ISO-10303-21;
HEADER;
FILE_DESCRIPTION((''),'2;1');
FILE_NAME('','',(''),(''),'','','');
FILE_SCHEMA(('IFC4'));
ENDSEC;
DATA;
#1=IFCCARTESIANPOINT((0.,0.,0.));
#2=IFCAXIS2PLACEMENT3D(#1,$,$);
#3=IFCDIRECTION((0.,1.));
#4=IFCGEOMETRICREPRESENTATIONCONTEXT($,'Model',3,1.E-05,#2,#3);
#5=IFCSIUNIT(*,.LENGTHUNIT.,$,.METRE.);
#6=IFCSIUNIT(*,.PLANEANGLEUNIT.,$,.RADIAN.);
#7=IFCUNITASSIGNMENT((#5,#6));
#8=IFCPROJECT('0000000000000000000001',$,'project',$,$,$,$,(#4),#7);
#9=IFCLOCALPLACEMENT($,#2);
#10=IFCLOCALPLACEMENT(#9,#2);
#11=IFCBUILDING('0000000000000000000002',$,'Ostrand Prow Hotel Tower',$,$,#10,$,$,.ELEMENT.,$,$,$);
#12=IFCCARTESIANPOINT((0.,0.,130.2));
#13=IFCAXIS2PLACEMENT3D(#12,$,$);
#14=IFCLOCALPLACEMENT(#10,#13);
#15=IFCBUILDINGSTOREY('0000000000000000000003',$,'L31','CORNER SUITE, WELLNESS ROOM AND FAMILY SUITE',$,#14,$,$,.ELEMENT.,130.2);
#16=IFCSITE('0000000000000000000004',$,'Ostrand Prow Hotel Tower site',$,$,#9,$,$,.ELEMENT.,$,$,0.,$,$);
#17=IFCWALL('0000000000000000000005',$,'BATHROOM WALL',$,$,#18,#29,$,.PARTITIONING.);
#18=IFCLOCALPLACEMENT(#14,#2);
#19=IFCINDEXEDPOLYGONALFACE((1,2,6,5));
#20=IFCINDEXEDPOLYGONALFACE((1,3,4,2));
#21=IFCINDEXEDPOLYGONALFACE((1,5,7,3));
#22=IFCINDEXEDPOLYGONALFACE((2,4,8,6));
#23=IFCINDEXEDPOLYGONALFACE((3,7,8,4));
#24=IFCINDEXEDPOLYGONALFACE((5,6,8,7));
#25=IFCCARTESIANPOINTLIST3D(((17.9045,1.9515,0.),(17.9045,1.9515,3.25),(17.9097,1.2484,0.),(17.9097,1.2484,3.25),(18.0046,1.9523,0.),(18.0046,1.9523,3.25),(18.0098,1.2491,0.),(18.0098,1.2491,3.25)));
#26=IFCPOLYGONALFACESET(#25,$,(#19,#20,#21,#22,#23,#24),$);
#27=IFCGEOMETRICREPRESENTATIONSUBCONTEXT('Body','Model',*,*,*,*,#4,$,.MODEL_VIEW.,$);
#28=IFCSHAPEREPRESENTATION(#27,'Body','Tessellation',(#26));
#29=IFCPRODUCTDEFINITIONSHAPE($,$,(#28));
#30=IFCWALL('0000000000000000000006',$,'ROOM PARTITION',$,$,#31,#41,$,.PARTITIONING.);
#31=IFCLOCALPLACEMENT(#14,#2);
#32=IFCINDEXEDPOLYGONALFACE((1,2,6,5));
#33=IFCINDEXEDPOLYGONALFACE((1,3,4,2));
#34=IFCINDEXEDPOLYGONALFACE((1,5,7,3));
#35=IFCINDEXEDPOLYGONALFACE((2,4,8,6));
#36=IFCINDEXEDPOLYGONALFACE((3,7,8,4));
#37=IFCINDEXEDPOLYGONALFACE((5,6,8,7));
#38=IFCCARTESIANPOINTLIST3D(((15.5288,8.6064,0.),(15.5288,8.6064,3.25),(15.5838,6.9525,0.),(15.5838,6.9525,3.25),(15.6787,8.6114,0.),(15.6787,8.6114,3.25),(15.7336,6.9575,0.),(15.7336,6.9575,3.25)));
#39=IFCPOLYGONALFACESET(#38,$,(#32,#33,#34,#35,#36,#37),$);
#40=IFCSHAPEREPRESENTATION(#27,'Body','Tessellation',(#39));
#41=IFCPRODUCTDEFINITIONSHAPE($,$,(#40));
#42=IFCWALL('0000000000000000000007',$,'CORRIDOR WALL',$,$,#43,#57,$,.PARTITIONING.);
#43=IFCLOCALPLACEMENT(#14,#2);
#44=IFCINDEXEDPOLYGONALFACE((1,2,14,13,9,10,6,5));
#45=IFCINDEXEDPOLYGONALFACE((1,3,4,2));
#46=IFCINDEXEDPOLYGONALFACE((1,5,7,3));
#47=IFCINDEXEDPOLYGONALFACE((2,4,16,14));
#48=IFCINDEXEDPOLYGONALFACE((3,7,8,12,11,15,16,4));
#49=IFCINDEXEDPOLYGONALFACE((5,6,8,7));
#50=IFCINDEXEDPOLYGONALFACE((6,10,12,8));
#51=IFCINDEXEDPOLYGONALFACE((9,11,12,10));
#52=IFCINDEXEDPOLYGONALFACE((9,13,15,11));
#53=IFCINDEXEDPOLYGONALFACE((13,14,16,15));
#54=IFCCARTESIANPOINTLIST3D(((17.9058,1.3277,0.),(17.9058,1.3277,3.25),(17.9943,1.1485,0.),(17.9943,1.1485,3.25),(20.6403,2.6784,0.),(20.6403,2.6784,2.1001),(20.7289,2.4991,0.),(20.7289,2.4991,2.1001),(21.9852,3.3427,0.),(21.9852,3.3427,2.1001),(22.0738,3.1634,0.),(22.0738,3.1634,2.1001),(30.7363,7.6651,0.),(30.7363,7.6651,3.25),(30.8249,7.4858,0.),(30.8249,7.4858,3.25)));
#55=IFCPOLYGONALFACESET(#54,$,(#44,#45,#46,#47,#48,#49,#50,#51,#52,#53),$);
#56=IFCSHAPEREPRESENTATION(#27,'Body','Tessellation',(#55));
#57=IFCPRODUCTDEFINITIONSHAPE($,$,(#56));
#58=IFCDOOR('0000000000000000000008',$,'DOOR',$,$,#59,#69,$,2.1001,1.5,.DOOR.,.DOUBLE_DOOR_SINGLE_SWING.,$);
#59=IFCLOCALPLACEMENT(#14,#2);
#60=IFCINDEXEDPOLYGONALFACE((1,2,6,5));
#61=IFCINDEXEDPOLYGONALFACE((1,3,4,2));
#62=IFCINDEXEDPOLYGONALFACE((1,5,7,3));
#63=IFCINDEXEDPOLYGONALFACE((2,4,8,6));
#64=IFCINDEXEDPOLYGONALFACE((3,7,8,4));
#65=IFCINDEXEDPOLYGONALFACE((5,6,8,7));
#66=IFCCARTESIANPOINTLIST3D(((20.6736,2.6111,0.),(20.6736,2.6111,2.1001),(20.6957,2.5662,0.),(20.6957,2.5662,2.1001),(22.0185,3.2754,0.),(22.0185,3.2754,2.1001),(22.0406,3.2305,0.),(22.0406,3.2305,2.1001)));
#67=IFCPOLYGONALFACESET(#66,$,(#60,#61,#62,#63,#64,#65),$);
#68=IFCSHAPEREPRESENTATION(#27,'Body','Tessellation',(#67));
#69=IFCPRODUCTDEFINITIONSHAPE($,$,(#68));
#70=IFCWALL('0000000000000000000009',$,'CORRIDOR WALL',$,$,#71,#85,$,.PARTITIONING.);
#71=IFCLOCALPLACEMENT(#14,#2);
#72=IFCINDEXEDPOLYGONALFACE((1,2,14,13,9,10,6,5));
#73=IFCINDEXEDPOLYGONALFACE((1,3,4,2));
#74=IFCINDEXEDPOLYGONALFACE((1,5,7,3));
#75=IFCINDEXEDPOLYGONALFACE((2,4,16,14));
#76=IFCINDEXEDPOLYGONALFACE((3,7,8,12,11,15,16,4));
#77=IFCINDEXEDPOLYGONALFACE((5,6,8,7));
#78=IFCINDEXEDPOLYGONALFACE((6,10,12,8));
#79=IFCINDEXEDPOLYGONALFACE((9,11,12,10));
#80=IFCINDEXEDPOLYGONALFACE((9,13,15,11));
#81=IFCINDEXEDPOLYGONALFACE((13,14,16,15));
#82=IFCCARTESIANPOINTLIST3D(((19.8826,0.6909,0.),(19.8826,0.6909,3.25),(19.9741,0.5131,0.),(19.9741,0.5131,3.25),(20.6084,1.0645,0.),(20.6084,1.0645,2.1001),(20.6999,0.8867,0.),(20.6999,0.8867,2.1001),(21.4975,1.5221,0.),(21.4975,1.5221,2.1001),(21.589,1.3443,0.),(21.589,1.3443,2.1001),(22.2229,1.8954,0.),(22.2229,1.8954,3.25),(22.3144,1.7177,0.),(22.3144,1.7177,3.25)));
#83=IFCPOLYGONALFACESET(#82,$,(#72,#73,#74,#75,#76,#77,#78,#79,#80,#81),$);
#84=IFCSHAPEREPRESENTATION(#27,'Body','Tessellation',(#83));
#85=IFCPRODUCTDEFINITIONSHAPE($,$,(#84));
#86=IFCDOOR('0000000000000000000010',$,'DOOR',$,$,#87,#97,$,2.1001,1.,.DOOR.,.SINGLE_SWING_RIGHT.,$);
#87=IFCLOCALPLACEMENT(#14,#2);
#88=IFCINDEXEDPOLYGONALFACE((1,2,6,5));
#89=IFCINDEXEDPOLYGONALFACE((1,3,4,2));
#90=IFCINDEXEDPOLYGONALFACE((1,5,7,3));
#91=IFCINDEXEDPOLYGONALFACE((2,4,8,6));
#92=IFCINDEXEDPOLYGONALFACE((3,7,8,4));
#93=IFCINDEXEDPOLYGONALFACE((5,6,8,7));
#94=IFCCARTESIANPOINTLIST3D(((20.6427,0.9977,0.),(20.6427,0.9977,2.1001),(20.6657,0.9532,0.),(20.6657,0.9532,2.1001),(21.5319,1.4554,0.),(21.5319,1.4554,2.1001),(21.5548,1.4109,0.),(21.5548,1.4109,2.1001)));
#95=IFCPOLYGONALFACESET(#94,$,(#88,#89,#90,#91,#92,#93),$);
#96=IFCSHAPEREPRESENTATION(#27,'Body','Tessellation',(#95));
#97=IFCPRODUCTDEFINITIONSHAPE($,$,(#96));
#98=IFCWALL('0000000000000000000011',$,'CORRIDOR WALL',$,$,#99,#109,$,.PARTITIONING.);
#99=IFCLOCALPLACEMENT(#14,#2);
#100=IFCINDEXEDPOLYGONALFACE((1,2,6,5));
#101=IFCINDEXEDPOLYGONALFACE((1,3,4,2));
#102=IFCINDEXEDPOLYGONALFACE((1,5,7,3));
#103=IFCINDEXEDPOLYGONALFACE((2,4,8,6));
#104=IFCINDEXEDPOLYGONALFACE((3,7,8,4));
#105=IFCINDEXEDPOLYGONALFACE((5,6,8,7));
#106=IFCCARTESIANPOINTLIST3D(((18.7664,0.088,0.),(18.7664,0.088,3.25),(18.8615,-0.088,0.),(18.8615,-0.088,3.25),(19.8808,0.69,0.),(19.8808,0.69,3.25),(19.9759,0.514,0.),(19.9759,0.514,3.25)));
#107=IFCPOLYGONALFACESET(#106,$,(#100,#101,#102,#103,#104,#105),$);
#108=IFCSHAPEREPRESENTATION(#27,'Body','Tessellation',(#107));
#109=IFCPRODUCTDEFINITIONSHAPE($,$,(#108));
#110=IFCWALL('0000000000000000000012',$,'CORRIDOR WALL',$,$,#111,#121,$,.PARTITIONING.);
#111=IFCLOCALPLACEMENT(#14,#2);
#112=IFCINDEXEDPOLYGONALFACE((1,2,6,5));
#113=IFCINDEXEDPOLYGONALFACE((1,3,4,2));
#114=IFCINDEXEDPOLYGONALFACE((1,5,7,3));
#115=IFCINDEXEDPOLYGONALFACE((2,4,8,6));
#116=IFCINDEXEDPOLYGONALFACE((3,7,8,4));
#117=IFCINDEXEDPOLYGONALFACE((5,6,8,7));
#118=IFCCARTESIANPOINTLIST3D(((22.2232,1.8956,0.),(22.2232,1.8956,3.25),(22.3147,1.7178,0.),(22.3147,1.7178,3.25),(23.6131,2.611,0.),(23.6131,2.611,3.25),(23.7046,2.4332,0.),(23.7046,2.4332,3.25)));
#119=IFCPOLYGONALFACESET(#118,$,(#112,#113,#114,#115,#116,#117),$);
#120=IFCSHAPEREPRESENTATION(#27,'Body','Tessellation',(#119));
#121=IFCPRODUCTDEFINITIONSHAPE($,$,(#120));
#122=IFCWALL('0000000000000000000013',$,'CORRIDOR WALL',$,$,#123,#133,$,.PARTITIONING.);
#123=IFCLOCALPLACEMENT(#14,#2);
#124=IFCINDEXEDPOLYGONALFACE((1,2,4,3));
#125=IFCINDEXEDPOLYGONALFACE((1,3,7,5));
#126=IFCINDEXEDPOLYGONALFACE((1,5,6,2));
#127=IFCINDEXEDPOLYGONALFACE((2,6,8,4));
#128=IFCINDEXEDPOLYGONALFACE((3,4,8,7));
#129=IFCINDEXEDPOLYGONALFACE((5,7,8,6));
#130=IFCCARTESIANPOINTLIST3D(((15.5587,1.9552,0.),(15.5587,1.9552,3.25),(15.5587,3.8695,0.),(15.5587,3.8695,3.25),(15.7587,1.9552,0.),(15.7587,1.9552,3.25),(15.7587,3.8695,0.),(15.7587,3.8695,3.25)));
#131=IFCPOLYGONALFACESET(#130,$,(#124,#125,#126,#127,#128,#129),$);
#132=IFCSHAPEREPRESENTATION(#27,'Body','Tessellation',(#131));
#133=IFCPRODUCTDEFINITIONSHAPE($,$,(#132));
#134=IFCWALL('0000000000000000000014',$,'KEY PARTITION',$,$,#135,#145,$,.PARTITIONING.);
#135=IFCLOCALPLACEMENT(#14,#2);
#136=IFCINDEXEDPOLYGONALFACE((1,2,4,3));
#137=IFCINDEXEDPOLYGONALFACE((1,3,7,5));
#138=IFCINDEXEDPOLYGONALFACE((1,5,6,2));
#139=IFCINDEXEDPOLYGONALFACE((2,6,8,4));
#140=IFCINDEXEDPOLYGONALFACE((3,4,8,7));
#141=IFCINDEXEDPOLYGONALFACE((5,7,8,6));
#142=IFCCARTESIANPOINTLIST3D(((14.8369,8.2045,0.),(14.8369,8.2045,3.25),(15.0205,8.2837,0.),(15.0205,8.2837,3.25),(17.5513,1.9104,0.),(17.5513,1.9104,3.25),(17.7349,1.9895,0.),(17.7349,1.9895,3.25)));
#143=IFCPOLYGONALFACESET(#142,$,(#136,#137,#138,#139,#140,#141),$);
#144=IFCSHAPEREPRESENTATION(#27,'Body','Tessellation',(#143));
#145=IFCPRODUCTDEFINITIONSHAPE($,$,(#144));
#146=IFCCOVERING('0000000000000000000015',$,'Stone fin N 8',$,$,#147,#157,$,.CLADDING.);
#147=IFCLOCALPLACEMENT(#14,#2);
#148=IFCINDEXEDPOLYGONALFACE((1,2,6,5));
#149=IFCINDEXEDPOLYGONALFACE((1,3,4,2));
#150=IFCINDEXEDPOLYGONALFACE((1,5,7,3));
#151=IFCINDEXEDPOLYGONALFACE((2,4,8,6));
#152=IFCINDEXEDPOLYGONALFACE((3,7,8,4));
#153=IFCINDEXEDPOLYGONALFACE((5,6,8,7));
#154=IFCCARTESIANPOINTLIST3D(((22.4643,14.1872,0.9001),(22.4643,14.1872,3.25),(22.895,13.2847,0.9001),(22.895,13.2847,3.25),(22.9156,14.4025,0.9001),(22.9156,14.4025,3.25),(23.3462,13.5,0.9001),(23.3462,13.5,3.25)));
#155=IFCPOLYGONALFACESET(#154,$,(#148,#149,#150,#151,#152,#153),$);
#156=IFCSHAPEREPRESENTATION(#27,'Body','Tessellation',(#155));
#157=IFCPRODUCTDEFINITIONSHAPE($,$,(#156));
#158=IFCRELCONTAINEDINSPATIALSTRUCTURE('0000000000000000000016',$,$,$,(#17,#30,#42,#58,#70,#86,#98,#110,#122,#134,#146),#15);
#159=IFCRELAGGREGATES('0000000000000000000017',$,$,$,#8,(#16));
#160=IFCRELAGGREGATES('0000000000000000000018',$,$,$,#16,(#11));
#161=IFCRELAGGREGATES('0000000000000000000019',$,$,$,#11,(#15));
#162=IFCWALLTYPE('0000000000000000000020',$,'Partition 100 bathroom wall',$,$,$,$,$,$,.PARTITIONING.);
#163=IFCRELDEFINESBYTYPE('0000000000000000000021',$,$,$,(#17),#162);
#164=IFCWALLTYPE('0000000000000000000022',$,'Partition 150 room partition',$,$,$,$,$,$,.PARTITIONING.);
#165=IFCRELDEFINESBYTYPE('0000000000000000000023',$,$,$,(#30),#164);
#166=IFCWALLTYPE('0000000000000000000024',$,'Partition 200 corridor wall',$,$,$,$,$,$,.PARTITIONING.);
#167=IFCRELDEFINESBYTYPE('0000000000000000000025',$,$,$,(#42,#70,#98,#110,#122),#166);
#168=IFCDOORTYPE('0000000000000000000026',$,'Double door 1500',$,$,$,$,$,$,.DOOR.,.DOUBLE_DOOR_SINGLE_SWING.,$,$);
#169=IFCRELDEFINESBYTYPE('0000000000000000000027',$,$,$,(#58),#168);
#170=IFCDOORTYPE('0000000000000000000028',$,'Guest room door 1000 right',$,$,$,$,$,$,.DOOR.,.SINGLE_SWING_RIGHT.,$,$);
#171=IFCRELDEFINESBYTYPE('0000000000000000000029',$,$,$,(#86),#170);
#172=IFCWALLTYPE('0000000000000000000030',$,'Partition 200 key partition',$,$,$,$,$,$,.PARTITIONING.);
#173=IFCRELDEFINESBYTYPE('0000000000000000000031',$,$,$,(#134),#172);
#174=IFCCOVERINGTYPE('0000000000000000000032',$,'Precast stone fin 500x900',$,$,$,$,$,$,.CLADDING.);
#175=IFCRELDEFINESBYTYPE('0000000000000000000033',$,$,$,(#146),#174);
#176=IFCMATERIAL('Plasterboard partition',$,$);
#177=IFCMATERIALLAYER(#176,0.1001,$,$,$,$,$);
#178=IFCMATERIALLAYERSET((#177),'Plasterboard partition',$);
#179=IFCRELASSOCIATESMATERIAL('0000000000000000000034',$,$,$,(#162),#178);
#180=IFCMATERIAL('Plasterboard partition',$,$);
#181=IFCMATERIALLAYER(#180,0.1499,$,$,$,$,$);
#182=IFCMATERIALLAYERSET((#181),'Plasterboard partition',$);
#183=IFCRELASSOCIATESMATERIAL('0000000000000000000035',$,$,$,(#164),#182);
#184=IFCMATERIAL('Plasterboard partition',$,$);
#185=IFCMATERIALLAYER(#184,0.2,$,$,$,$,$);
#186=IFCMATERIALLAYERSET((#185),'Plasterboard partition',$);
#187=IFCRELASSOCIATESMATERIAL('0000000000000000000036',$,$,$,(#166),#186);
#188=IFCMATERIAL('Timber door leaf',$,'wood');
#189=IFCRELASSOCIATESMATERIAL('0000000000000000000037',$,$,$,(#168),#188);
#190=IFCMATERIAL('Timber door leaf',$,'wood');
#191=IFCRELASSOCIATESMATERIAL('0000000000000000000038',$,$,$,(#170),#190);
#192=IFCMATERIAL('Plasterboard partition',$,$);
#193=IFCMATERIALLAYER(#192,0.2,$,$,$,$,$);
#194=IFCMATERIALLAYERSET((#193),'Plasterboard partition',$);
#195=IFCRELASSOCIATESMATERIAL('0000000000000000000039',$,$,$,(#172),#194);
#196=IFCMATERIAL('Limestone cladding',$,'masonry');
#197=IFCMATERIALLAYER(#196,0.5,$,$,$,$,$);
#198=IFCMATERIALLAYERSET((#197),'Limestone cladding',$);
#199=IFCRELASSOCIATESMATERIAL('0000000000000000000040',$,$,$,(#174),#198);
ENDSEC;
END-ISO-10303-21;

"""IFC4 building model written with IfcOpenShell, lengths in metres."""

from ifc_helpers import new_model, si_unit, direction, frame, frame_2d, origin, place, context, subcontext, project, spatial, rectangle, extrude, material, layer, layer_set, type_object, element, fill, save


model = new_model("IFC4")

# Units and contexts
model_context = context("Model", 3, precision=1e-05, world=origin(), true_north=direction((0.0, 1.0)))
body_context = subcontext(model_context, "Body", "Model", "MODEL_VIEW")
ifc_project = project(units=[si_unit("LENGTHUNIT", "METRE"), si_unit("PLANEANGLEUNIT", "RADIAN")], contexts=[model_context])

# Site, building, storey
site_placement = place(None, origin())
site = spatial("IfcSite", under=ifc_project, at=site_placement, Name="Ostrand Prow Hotel Tower site", CompositionType="ELEMENT", RefElevation=0.0)
building_placement = place(site_placement, origin())
building = spatial("IfcBuilding", under=site, at=building_placement, Name="Ostrand Prow Hotel Tower", CompositionType="ELEMENT")
storey_placement = place(building_placement, frame((0.0, 0.0, 130.2)))
storey = spatial("IfcBuildingStorey", under=building, at=storey_placement, Name="L31", Description="CORNER SUITE, WELLNESS ROOM AND FAMILY SUITE", CompositionType="ELEMENT", Elevation=130.2)

# Shared definitions
ifc_material_1 = material(Name="Plasterboard partition")
ifc_layer_1 = layer(ifc_material_1, 0.1001)
ifc_layer_set_1 = layer_set([ifc_layer_1], Name="Plasterboard partition")
wall_type_1 = type_object("IfcWallType", Name="Partition 100 bathroom wall", PredefinedType="PARTITIONING", material=ifc_layer_set_1)

# Walls
wall_1_placement = place(storey_placement, frame((17.9597, 1.2488, 0.0), z_axis=(0.0, 0.0, 1.0), x_axis=(-0.007291, 0.999973, 0.0)))
element("IfcWall", 1, at=wall_1_placement, inside=storey, type_object=wall_type_1, Name="BATHROOM WALL", PredefinedType="PARTITIONING", context=body_context, shape_type="SweptSolid", body=[
    extrude(rectangle(XDim=0.7031, YDim=0.1001, at=frame_2d((0.3516, 0.0))), origin(), (0.0, 0.0, 1.0), 3.25),
])
ifc_material_2 = material(Name="Plasterboard partition")
ifc_layer_2 = layer(ifc_material_2, 0.1499)
ifc_layer_set_2 = layer_set([ifc_layer_2], Name="Plasterboard partition")
wall_type_2 = type_object("IfcWallType", Name="Partition 150 room partition", PredefinedType="PARTITIONING", material=ifc_layer_set_2)
wall_2_placement = place(storey_placement, frame((15.6038, 8.6089, 0.0), z_axis=(0.0, 0.0, 1.0), x_axis=(0.033197, -0.999449, 0.0)))
element("IfcWall", 2, at=wall_2_placement, inside=storey, type_object=wall_type_2, Name="ROOM PARTITION", PredefinedType="PARTITIONING", context=body_context, shape_type="SweptSolid", body=[
    extrude(rectangle(XDim=1.6548, YDim=0.1499, at=frame_2d((0.8274, 0.0))), origin(), (0.0, 0.0, 1.0), 3.25),
])

# Walls, openings, doors
ifc_material_3 = material(Name="Plasterboard partition")
ifc_layer_3 = layer(ifc_material_3, 0.2)
ifc_layer_set_3 = layer_set([ifc_layer_3], Name="Plasterboard partition")
wall_type_3 = type_object("IfcWallType", Name="Partition 200 corridor wall", PredefinedType="PARTITIONING", material=ifc_layer_set_3)
wall_3_placement = place(storey_placement, frame((17.95, 1.238, 0.0), z_axis=(0.0, 0.0, 1.0), x_axis=(0.896594, 0.442854, 0.0)))
wall_3 = element("IfcWall", 3, at=wall_3_placement, inside=storey, type_object=wall_type_3, Name="CORRIDOR WALL", PredefinedType="PARTITIONING", context=body_context, shape_type="SweptSolid", body=[
    extrude(rectangle(XDim=14.3103, YDim=0.2, at=frame_2d((7.1553, 0.0))), origin(), (0.0, 0.0, 1.0), 3.25),
])
opening_1_placement = place(wall_3_placement, frame((3.05, 0.0, 0.0)))
opening_1 = element("IfcOpeningElement", 4, at=opening_1_placement, cuts=wall_3, PredefinedType="OPENING", context=body_context, shape_type="SweptSolid", body=[
    extrude(rectangle(XDim=1.5, YDim=2.1001, at=frame_2d((0.75, 1.05))), frame((0.0, 0.1099, 0.0), z_axis=(0.0, -1.0, 0.0), x_axis=(1.0, 0.0, 0.0)), (0.0, 0.0, 1.0), 0.22),
])
ifc_material_4 = material(Name="Timber door leaf", Category="wood")
door_type_1 = type_object("IfcDoorType", Name="Double door 1500", OperationType="DOUBLE_DOOR_SINGLE_SWING", PredefinedType="DOOR", material=ifc_material_4)
door_1_placement = place(opening_1_placement, origin())
door_1 = element("IfcDoor", 5, at=door_1_placement, inside=storey, type_object=door_type_1, Name="DOOR", OperationType="DOUBLE_DOOR_SINGLE_SWING", OverallHeight=2.1001, OverallWidth=1.5, PredefinedType="DOOR", context=body_context, shape_type="SweptSolid", body=[
    extrude(rectangle(XDim=1.5, YDim=2.1001, at=frame_2d((0.75, 1.05))), frame((0.0, 0.0249, 0.0), z_axis=(0.0, -1.0, 0.0), x_axis=(1.0, 0.0, 0.0)), (0.0, 0.0, 1.0), 0.05),
])
fill(opening_1, door_1)
wall_4_placement = place(storey_placement, frame((19.9285, 0.6021, 0.0), z_axis=(0.0, 0.0, 1.0), x_axis=(0.889135, 0.457646, 0.0)))
wall_4 = element("IfcWall", 6, at=wall_4_placement, inside=storey, type_object=wall_type_3, Name="CORRIDOR WALL", PredefinedType="PARTITIONING", context=body_context, shape_type="SweptSolid", body=[
    extrude(rectangle(XDim=2.6321, YDim=0.2, at=frame_2d((1.3159, 0.0))), origin(), (0.0, 0.0, 1.0), 3.25),
])
opening_2_placement = place(wall_4_placement, frame((0.8162, 0.0, 0.0)))
opening_2 = element("IfcOpeningElement", 7, at=opening_2_placement, cuts=wall_4, PredefinedType="OPENING", context=body_context, shape_type="SweptSolid", body=[
    extrude(rectangle(XDim=1.0, YDim=2.1001, at=frame_2d((0.5, 1.05))), frame((0.0, 0.1099, 0.0), z_axis=(0.0, -1.0, 0.0), x_axis=(1.0, 0.0, 0.0)), (0.0, 0.0, 1.0), 0.22),
])
ifc_material_5 = material(Name="Timber door leaf", Category="wood")
door_type_2 = type_object("IfcDoorType", Name="Guest room door 1000 right", OperationType="SINGLE_SWING_RIGHT", PredefinedType="DOOR", material=ifc_material_5)
door_2_placement = place(opening_2_placement, origin())
door_2 = element("IfcDoor", 8, at=door_2_placement, inside=storey, type_object=door_type_2, Name="DOOR", OperationType="SINGLE_SWING_RIGHT", OverallHeight=2.1001, OverallWidth=1.0, PredefinedType="DOOR", context=body_context, shape_type="SweptSolid", body=[
    extrude(rectangle(XDim=1.0, YDim=2.1001, at=frame_2d((0.5, 1.05))), frame((0.0, 0.0249, 0.0), z_axis=(0.0, -1.0, 0.0), x_axis=(1.0, 0.0, 0.0)), (0.0, 0.0, 1.0), 0.05),
])
fill(opening_2, door_2)

# Walls
wall_5_placement = place(storey_placement, frame((18.814, 0.0, 0.0), z_axis=(0.0, 0.0, 1.0), x_axis=(0.879833, 0.475283, 0.0)))
element("IfcWall", 9, at=wall_5_placement, inside=storey, type_object=wall_type_3, Name="CORRIDOR WALL", PredefinedType="PARTITIONING", context=body_context, shape_type="SweptSolid", body=[
    extrude(rectangle(XDim=1.2666, YDim=0.2, at=frame_2d((0.6333, 0.0))), origin(), (0.0, 0.0, 1.0), 3.25),
])
wall_6_placement = place(storey_placement, frame((22.2688, 1.8066, 0.0), z_axis=(0.0, 0.0, 1.0), x_axis=(0.88915, 0.457616, 0.0)))
element("IfcWall", 10, at=wall_6_placement, inside=storey, type_object=wall_type_3, Name="CORRIDOR WALL", PredefinedType="PARTITIONING", context=body_context, shape_type="SweptSolid", body=[
    extrude(rectangle(XDim=1.5632, YDim=0.2, at=frame_2d((0.7817, 0.0))), origin(), (0.0, 0.0, 1.0), 3.25),
])
wall_7_placement = place(storey_placement, frame((15.6587, 3.8694, 0.0), z_axis=(0.0, 0.0, 1.0), x_axis=(0.0, -1.0, 0.0)))
element("IfcWall", 11, at=wall_7_placement, inside=storey, type_object=wall_type_3, Name="CORRIDOR WALL", PredefinedType="PARTITIONING", context=body_context, shape_type="SweptSolid", body=[
    extrude(rectangle(XDim=1.9143, YDim=0.2, at=frame_2d((0.957, 0.0))), origin(), (0.0, 0.0, 1.0), 3.25),
])
ifc_material_6 = material(Name="Plasterboard partition")
ifc_layer_4 = layer(ifc_material_6, 0.2)
ifc_layer_set_4 = layer_set([ifc_layer_4], Name="Plasterboard partition")
wall_type_4 = type_object("IfcWallType", Name="Partition 200 key partition", PredefinedType="PARTITIONING", material=ifc_layer_set_4)
wall_8_placement = place(storey_placement, frame((17.6431, 1.95, 0.0), z_axis=(0.0, 0.0, 1.0), x_axis=(-0.395995, 0.918253, 0.0)))
element("IfcWall", 12, at=wall_8_placement, inside=storey, type_object=wall_type_4, Name="KEY PARTITION", PredefinedType="PARTITIONING", context=body_context, shape_type="SweptSolid", body=[
    extrude(rectangle(XDim=6.8545, YDim=0.2, at=frame_2d((3.4272, 0.0))), origin(), (0.0, 0.0, 1.0), 3.25),
])

# Covering
ifc_material_7 = material(Name="Limestone cladding", Category="masonry")
ifc_layer_5 = layer(ifc_material_7, 0.5)
ifc_layer_set_5 = layer_set([ifc_layer_5], Name="Limestone cladding")
covering_type = type_object("IfcCoveringType", Name="Precast stone fin 500x900", PredefinedType="CLADDING", material=ifc_layer_set_5)
covering_placement = place(storey_placement, frame((23.1206, 13.3923, 0.9001), z_axis=(0.0, 0.0, 1.0), x_axis=(-0.430635, 0.902526, 0.0)))
element("IfcCovering", 13, at=covering_placement, inside=storey, type_object=covering_type, Name="Stone fin N 8", PredefinedType="CLADDING", context=body_context, shape_type="SweptSolid", body=[
    extrude(rectangle(XDim=1.0, YDim=0.5, at=frame_2d((0.5, 0.0))), origin(), (0.0, 0.0, 1.0), 2.3499),
])

save(model, "model.ifc")
